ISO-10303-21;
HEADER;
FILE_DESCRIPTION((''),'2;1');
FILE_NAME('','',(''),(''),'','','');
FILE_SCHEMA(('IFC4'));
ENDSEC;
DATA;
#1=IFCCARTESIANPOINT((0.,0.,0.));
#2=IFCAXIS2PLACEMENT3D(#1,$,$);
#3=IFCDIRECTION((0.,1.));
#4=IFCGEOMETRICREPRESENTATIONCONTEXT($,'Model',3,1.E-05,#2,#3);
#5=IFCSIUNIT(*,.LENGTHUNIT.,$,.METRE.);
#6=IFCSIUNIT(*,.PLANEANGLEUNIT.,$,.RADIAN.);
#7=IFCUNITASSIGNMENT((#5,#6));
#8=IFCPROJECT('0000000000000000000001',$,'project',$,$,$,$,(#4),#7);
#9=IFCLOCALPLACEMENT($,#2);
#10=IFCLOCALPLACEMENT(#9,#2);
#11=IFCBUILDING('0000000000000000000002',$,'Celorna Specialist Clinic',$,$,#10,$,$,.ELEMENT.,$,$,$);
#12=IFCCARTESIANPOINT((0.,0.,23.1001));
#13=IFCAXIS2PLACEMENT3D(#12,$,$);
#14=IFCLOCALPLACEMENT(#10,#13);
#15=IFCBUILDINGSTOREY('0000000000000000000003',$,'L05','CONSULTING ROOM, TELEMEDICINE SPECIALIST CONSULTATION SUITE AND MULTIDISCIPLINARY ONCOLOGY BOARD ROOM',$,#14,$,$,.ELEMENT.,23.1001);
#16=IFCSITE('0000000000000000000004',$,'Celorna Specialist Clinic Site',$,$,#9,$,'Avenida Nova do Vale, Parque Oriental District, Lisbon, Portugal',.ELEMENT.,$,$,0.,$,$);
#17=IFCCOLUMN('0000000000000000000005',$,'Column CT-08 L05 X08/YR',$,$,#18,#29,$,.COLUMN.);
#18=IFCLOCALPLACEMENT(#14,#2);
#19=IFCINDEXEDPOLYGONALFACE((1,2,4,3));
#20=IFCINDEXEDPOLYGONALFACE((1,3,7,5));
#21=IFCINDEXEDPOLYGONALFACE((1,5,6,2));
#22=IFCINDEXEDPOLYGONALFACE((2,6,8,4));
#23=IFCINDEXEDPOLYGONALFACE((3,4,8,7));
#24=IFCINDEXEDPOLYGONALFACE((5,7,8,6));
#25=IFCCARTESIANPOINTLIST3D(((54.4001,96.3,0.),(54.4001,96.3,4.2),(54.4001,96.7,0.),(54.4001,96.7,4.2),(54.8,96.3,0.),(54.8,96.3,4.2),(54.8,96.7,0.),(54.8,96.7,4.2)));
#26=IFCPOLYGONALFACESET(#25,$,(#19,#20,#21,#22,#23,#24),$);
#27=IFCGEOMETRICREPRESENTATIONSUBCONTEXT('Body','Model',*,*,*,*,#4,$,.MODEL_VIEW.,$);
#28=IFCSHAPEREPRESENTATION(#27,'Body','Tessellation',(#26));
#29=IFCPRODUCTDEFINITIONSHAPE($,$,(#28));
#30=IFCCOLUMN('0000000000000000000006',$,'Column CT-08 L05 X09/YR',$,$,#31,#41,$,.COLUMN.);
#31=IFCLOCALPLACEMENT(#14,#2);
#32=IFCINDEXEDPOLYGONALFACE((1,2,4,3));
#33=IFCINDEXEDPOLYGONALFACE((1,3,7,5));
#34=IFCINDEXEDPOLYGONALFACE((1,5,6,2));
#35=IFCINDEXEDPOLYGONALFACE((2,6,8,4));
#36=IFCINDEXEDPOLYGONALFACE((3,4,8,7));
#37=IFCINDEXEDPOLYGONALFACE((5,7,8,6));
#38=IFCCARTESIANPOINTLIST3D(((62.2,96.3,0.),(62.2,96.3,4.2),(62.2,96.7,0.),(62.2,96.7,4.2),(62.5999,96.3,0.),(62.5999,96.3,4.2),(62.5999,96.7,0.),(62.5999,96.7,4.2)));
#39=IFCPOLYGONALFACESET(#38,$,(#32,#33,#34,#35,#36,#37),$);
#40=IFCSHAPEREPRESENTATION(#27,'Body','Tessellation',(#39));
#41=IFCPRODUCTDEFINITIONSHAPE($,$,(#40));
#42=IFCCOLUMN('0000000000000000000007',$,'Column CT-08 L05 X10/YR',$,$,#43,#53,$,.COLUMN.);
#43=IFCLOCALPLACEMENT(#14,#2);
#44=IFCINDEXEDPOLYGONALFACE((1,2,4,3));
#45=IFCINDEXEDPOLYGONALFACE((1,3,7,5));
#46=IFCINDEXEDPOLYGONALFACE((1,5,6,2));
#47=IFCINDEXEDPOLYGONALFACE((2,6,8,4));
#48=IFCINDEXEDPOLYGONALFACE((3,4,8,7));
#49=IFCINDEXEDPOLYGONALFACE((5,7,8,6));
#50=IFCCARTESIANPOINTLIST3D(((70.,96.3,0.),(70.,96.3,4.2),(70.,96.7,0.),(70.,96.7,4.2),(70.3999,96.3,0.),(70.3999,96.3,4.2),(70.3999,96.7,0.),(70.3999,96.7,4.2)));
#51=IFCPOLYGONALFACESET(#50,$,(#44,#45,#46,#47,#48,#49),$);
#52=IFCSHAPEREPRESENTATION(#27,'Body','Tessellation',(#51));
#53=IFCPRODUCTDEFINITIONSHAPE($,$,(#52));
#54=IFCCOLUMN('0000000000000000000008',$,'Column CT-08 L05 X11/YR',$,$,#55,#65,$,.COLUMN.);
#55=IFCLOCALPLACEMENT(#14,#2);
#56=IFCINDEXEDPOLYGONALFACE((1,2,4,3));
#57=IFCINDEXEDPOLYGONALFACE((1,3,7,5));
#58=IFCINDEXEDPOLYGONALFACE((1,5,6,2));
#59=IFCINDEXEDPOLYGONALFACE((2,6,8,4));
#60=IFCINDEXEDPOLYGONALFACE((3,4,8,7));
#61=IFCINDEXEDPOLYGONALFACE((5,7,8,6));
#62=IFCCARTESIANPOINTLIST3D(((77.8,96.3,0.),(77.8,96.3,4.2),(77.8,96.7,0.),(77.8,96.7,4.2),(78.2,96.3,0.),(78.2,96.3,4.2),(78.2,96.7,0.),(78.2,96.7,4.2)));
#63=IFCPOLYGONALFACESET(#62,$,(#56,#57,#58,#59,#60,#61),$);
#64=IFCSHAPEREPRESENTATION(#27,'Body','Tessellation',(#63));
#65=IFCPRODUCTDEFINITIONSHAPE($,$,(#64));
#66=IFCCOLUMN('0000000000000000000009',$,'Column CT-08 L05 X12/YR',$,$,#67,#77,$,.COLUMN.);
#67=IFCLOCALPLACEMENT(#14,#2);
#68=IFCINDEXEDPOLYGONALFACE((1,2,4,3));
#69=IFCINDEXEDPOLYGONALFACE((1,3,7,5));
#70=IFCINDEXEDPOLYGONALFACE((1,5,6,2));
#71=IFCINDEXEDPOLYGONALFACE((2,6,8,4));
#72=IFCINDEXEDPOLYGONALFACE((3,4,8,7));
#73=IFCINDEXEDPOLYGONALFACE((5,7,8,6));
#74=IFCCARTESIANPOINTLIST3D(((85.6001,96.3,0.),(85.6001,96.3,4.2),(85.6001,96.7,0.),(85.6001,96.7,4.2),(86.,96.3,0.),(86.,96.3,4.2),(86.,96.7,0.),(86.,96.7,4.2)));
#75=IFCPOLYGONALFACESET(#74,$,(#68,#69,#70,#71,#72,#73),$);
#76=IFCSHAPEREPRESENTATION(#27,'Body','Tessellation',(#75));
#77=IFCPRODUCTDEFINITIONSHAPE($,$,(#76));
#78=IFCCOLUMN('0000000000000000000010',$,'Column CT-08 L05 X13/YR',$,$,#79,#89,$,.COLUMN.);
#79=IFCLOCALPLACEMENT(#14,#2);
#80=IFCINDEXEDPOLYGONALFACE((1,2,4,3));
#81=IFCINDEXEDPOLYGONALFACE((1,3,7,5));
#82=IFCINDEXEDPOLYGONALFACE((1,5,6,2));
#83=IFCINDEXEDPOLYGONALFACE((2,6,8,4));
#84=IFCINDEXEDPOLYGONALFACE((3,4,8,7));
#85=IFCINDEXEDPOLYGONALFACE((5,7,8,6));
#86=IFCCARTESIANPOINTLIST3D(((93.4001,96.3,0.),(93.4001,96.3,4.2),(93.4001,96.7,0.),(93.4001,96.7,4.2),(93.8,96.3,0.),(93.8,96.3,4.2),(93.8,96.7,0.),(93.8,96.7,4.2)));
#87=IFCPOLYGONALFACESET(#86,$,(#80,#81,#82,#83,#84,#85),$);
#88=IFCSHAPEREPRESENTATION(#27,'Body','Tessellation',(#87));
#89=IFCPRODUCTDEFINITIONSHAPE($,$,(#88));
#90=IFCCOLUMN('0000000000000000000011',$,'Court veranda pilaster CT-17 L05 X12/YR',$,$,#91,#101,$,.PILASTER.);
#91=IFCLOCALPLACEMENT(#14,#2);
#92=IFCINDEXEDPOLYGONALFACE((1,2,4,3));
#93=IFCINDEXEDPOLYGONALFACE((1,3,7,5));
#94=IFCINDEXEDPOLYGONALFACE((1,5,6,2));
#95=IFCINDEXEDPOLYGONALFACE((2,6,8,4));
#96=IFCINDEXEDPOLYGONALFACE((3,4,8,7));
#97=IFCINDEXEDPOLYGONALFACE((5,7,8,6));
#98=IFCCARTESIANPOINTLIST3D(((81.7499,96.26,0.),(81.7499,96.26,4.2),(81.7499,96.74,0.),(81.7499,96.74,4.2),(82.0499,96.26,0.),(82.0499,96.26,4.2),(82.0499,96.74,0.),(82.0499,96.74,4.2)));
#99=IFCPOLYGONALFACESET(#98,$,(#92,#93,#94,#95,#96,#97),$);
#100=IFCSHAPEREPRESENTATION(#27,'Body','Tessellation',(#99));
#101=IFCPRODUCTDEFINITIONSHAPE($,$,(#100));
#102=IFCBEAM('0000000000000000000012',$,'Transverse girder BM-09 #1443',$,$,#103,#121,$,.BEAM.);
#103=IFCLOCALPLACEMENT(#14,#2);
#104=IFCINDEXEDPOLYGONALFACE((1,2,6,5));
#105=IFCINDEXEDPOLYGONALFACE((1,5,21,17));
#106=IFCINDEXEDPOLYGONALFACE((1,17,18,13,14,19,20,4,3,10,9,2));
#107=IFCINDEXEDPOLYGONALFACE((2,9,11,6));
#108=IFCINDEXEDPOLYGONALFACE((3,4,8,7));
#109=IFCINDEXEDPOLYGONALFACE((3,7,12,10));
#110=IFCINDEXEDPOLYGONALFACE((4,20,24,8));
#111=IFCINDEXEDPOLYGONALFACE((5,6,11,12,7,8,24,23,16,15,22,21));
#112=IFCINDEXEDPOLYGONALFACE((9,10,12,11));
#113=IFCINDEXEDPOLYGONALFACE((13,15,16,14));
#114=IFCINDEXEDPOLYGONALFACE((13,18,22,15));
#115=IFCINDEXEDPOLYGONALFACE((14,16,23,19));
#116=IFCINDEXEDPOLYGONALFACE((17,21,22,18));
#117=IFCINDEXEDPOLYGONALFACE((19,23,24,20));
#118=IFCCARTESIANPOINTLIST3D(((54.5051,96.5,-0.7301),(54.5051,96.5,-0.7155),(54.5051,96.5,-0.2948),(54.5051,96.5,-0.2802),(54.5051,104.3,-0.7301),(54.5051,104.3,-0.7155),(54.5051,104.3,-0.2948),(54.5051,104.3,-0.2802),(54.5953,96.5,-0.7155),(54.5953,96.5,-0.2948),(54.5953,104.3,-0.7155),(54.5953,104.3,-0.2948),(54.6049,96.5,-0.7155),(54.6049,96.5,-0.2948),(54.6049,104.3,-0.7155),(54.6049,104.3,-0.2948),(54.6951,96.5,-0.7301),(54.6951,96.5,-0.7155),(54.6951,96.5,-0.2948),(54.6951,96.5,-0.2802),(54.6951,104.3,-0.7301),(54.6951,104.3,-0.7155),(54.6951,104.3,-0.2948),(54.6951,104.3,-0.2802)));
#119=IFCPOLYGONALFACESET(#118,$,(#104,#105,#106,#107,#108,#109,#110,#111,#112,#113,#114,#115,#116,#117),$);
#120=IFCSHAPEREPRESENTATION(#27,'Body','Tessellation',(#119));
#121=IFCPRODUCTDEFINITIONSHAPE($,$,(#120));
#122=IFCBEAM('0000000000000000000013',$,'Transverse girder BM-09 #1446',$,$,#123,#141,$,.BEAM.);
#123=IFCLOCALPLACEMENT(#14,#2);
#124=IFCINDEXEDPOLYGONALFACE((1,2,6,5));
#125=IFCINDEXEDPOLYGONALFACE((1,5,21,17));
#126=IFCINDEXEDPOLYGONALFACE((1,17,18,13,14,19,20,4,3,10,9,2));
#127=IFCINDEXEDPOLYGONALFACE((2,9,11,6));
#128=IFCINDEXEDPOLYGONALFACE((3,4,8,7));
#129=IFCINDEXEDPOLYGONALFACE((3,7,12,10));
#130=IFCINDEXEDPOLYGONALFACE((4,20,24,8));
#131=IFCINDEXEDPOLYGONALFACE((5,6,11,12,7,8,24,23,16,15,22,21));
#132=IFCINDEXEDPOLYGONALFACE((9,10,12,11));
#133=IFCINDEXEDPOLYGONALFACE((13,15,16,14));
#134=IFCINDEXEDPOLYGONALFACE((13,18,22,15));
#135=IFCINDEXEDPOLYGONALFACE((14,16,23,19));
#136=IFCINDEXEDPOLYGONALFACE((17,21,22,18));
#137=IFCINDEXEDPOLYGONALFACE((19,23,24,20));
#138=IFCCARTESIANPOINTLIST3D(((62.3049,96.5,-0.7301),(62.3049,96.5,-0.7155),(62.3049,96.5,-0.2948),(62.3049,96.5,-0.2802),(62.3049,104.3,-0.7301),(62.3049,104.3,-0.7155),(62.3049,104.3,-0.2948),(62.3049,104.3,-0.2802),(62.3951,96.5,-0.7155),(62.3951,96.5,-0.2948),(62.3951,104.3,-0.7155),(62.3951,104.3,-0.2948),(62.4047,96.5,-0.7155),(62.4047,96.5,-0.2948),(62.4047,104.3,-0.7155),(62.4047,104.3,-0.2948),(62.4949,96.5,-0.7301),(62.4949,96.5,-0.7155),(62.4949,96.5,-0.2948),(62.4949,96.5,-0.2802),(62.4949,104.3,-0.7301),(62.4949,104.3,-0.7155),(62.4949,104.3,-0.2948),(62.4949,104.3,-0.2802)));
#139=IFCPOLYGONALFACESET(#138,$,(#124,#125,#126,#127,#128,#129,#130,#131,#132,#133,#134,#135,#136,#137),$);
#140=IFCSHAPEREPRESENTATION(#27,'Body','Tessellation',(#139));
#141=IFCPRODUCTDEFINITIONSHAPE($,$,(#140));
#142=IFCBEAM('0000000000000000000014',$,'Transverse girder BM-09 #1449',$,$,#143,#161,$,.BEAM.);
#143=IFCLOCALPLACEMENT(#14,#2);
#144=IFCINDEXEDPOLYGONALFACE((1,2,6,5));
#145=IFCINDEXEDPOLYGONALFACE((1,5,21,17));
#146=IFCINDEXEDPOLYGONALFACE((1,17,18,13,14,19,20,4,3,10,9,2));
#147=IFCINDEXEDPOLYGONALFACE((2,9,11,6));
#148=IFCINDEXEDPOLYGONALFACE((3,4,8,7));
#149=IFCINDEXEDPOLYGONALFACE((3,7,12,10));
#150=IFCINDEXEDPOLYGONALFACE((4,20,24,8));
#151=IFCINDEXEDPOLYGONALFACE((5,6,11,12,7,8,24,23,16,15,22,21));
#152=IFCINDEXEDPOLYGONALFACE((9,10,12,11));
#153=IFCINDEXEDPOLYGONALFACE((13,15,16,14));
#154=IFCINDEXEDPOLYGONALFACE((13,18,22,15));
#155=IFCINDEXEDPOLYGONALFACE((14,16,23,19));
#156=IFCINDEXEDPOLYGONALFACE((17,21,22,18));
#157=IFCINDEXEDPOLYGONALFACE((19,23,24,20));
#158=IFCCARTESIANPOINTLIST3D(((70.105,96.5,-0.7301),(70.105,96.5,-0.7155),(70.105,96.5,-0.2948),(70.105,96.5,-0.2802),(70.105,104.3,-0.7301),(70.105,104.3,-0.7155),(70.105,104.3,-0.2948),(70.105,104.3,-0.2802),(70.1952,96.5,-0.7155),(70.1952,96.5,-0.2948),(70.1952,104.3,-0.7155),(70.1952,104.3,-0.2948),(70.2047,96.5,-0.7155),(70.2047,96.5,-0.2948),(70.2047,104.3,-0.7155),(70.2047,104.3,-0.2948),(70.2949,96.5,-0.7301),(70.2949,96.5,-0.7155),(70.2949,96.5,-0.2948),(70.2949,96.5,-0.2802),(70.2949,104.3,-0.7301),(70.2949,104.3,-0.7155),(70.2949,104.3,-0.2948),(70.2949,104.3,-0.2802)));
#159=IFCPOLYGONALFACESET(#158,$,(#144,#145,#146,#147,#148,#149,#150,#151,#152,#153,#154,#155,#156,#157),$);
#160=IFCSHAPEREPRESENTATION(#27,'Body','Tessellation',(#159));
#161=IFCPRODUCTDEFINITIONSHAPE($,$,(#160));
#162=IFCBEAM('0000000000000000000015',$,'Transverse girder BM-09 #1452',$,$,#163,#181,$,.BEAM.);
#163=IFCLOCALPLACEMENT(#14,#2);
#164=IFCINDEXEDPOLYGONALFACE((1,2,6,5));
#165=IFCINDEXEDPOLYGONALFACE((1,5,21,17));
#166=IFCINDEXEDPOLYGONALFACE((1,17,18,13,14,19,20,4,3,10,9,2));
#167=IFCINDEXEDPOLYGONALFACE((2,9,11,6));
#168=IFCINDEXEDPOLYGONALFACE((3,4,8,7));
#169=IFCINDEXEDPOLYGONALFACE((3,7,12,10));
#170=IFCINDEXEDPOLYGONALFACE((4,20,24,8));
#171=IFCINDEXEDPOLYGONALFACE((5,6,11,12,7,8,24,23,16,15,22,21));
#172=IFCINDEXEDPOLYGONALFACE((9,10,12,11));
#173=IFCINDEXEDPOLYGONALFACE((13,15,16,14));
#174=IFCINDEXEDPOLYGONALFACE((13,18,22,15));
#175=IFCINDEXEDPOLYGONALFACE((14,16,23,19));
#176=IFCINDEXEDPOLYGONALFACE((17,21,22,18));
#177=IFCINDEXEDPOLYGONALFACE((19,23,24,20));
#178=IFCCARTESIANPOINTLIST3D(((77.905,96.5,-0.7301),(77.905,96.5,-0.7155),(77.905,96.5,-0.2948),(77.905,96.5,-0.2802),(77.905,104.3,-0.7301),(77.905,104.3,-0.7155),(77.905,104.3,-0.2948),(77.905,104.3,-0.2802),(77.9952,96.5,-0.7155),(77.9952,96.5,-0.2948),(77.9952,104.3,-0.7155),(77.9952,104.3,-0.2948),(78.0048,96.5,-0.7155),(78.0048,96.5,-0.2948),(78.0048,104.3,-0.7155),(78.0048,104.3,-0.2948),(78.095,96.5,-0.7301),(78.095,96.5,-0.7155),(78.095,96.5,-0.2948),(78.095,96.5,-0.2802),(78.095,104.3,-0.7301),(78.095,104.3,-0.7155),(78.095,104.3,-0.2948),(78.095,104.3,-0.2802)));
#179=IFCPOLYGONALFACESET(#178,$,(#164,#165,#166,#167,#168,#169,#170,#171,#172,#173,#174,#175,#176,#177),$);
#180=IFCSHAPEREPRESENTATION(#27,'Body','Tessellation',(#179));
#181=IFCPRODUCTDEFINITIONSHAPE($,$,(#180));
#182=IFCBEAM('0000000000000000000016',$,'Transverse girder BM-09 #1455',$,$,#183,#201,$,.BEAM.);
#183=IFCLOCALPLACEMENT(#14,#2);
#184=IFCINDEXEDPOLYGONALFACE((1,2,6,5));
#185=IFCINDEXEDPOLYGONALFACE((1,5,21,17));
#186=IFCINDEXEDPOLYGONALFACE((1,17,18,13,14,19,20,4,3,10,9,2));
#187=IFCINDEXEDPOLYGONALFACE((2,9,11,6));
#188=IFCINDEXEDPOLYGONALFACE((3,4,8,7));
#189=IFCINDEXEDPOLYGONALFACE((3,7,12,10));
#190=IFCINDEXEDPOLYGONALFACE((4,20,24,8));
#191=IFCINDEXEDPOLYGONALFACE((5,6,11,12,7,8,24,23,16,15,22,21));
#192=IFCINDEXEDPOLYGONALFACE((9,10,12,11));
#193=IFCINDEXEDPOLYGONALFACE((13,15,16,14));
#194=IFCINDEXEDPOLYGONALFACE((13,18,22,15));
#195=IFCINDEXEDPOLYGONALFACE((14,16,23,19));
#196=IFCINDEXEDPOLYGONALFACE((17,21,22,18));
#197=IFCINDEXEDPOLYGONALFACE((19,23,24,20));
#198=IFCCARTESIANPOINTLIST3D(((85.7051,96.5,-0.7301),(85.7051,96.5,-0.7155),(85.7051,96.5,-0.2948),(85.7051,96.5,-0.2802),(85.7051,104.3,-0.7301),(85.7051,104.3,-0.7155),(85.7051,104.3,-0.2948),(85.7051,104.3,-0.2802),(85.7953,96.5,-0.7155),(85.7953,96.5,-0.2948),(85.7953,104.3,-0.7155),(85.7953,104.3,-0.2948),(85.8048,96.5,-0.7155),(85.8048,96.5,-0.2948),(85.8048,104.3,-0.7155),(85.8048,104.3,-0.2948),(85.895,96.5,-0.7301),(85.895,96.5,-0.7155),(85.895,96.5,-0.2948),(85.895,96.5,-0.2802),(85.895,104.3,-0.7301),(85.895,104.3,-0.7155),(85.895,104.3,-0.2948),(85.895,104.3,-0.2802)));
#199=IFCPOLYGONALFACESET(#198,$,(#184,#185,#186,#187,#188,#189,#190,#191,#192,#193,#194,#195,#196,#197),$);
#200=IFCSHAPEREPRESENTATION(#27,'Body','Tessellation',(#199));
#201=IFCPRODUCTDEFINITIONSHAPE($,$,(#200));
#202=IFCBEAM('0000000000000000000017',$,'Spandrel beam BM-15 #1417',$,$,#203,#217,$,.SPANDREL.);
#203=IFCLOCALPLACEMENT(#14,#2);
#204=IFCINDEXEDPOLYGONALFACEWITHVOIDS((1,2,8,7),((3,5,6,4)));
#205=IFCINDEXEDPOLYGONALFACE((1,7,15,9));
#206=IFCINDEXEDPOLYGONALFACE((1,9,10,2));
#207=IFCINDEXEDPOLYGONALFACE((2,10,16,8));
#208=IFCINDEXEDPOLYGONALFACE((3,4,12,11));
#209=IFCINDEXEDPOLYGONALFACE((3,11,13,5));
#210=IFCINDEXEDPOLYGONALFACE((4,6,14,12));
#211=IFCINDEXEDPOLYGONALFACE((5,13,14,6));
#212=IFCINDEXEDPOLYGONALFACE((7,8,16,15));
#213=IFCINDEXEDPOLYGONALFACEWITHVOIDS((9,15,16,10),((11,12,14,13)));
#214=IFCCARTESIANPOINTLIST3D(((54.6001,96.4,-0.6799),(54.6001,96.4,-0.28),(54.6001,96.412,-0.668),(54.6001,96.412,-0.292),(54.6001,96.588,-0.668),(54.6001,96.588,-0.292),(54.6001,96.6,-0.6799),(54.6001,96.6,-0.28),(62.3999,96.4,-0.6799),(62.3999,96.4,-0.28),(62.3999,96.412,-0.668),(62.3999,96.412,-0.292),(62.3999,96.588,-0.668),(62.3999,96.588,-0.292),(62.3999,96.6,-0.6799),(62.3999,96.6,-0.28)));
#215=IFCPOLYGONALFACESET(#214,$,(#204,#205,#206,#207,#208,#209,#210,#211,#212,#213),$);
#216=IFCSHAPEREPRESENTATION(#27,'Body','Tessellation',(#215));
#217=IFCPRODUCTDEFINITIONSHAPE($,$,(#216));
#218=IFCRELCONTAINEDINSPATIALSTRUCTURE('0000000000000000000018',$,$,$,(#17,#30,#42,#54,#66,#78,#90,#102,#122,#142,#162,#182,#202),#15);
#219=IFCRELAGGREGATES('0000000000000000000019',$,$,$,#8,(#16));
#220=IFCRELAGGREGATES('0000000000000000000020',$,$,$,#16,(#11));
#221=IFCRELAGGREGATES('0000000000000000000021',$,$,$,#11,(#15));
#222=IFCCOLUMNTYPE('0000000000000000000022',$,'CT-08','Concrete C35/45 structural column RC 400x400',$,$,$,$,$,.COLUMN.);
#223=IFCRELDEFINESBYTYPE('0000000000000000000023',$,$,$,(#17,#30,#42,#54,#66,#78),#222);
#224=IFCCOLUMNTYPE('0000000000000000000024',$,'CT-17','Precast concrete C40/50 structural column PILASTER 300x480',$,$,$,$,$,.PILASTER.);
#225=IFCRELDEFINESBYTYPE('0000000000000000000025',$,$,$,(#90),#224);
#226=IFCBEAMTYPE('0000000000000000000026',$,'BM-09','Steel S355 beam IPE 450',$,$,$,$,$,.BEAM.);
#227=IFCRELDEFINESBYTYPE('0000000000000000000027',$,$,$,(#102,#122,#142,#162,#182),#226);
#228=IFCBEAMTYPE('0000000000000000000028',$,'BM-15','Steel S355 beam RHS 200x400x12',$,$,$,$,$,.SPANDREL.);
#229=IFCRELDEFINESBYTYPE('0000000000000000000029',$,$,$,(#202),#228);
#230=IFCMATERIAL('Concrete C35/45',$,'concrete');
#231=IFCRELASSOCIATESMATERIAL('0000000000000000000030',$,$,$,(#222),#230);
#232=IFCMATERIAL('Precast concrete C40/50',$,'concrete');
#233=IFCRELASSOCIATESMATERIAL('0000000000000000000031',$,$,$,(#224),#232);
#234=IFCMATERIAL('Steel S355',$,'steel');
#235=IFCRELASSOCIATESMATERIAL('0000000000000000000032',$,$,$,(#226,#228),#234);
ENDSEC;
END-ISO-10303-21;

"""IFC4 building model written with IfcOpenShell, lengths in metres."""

from ifc_helpers import new_model, si_unit, direction, frame, origin, origin_2d, place, context, subcontext, project, spatial, rectangle, hollow_rectangle, i_section, extrude, material, material_profile, profile_set, type_object, element, save


model = new_model("IFC4")

# Units and contexts
model_context = context("Model", 3, precision=1e-05, world=origin(), true_north=direction((0.0, 1.0)))
body_context = subcontext(model_context, "Body", "Model", "MODEL_VIEW")
ifc_project = project(units=[si_unit("LENGTHUNIT", "METRE"), si_unit("PLANEANGLEUNIT", "RADIAN")], contexts=[model_context])

# Site, building, storey
site_placement = place(None, origin())
site = spatial("IfcSite", under=ifc_project, at=site_placement, Name="Celorna Specialist Clinic Site", LongName="Avenida Nova do Vale, Parque Oriental District, Lisbon, Portugal", CompositionType="ELEMENT", RefElevation=0.0)
building_placement = place(site_placement, origin())
building = spatial("IfcBuilding", under=site, at=building_placement, Name="Celorna Specialist Clinic", CompositionType="ELEMENT")
storey_placement = place(building_placement, frame((0.0, 0.0, 23.1001)))
storey = spatial("IfcBuildingStorey", under=building, at=storey_placement, Name="L05", Description="CONSULTING ROOM, TELEMEDICINE SPECIALIST CONSULTATION SUITE AND MULTIDISCIPLINARY ONCOLOGY BOARD ROOM", CompositionType="ELEMENT", Elevation=23.1001)

# Columns
ifc_material_1 = material(Name="Concrete C35/45", Category="concrete")
ifc_material_profile_1 = material_profile(ifc_material_1, rectangle(XDim=0.3999, YDim=0.3999, at=origin_2d()), Name="RC 400x400")
ifc_profile_set_1 = profile_set([ifc_material_profile_1], Name="Concrete C35/45")
column_type_1 = type_object("IfcColumnType", Name="CT-08", Description="Concrete C35/45 structural column RC 400x400", PredefinedType="COLUMN", material=ifc_profile_set_1)
for number, where, z_axis, x_axis, name in (
    (1, (54.6001, 96.5, 0.0), (0.0, 0.0, 1.0), (1.0, 0.0, 0.0), "Column CT-08 L05 X08/YR"),
    (2, (62.3999, 96.5, 0.0), (0.0, 0.0, 1.0), (1.0, 0.0, 0.0), "Column CT-08 L05 X09/YR"),
    (3, (70.2, 96.5, 0.0), (0.0, 0.0, 1.0), (1.0, 0.0, 0.0), "Column CT-08 L05 X10/YR"),
    (4, (78.0, 96.5, 0.0), (0.0, 0.0, 1.0), (1.0, 0.0, 0.0), "Column CT-08 L05 X11/YR"),
    (5, (85.8, 96.5, 0.0), (0.0, 0.0, 1.0), (1.0, 0.0, 0.0), "Column CT-08 L05 X12/YR"),
    (6, (93.6001, 96.5, 0.0), (0.0, 0.0, 1.0), (1.0, 0.0, 0.0), "Column CT-08 L05 X13/YR"),
):
    element("IfcColumn", number, at=place(storey_placement, frame(where, z_axis=z_axis, x_axis=x_axis)), inside=storey, type_object=column_type_1, Name=name, PredefinedType="COLUMN", context=body_context, shape_type="SweptSolid", body=[
        extrude(rectangle(XDim=0.3999, YDim=0.3999, at=origin_2d()), origin(), (0.0, 0.0, 1.0), 4.2),
    ])
ifc_material_2 = material(Name="Precast concrete C40/50", Category="concrete")
ifc_material_profile_2 = material_profile(ifc_material_2, rectangle(XDim=0.3, YDim=0.48, at=origin_2d()), Name="PILASTER 300x480")
ifc_profile_set_2 = profile_set([ifc_material_profile_2], Name="Precast concrete C40/50")
column_type_2 = type_object("IfcColumnType", Name="CT-17", Description="Precast concrete C40/50 structural column PILASTER 300x480", PredefinedType="PILASTER", material=ifc_profile_set_2)
column_placement = place(storey_placement, frame((81.8999, 96.5, 0.0), z_axis=(0.0, 0.0, 1.0), x_axis=(1.0, 0.0, 0.0)))
element("IfcColumn", 7, at=column_placement, inside=storey, type_object=column_type_2, Name="Court veranda pilaster CT-17 L05 X12/YR", PredefinedType="PILASTER", context=body_context, shape_type="SweptSolid", body=[
    extrude(rectangle(XDim=0.3, YDim=0.48, at=origin_2d()), origin(), (0.0, 0.0, 1.0), 4.2),
])

# Beams
ifc_material_3 = material(Name="Steel S355", Category="steel")
ifc_material_profile_3 = material_profile(ifc_material_3, i_section(OverallWidth=0.1899, OverallDepth=0.45, WebThickness=0.0095, FlangeThickness=0.0146, at=origin_2d()), Name="IPE 450")
ifc_profile_set_3 = profile_set([ifc_material_profile_3], Name="Steel S355")
beam_type_1 = type_object("IfcBeamType", Name="BM-09", Description="Steel S355 beam IPE 450", PredefinedType="BEAM", material=ifc_profile_set_3)
for number, where, z_axis, x_axis, name in (
    (8, (54.6001, 96.5, -0.5051), (0.0, 1.0, 0.0), (-1.0, 0.0, 0.0), "Transverse girder BM-09 #1443"),
    (9, (62.3999, 96.5, -0.5051), (0.0, 1.0, 0.0), (-1.0, 0.0, 0.0), "Transverse girder BM-09 #1446"),
    (10, (70.2, 96.5, -0.5051), (0.0, 1.0, 0.0), (-1.0, 0.0, 0.0), "Transverse girder BM-09 #1449"),
    (11, (78.0, 96.5, -0.5051), (0.0, 1.0, 0.0), (-1.0, 0.0, 0.0), "Transverse girder BM-09 #1452"),
    (12, (85.8, 96.5, -0.5051), (0.0, 1.0, 0.0), (-1.0, 0.0, 0.0), "Transverse girder BM-09 #1455"),
):
    element("IfcBeam", number, at=place(storey_placement, frame(where, z_axis=z_axis, x_axis=x_axis)), inside=storey, type_object=beam_type_1, Name=name, PredefinedType="BEAM", context=body_context, shape_type="SweptSolid", body=[
        extrude(i_section(OverallWidth=0.1899, OverallDepth=0.45, WebThickness=0.0095, FlangeThickness=0.0146, at=origin_2d()), origin(), (0.0, 0.0, 1.0), 7.8),
    ])
ifc_material_profile_4 = material_profile(ifc_material_3, hollow_rectangle(XDim=0.2, YDim=0.3999, WallThickness=0.012, at=origin_2d()), Name="RHS 200x400x12")
ifc_profile_set_4 = profile_set([ifc_material_profile_4], Name="Steel S355")
beam_type_2 = type_object("IfcBeamType", Name="BM-15", Description="Steel S355 beam RHS 200x400x12", PredefinedType="SPANDREL", material=ifc_profile_set_4)
beam_placement = place(storey_placement, frame((54.6001, 96.5, -0.48), z_axis=(1.0, 0.0, 0.0), x_axis=(0.0, 1.0, 0.0)))
element("IfcBeam", 13, at=beam_placement, inside=storey, type_object=beam_type_2, Name="Spandrel beam BM-15 #1417", PredefinedType="SPANDREL", context=body_context, shape_type="SweptSolid", body=[
    extrude(hollow_rectangle(XDim=0.2, YDim=0.3999, WallThickness=0.012, at=origin_2d()), origin(), (0.0, 0.0, 1.0), 7.7998),
])

save(model, "model.ifc")
